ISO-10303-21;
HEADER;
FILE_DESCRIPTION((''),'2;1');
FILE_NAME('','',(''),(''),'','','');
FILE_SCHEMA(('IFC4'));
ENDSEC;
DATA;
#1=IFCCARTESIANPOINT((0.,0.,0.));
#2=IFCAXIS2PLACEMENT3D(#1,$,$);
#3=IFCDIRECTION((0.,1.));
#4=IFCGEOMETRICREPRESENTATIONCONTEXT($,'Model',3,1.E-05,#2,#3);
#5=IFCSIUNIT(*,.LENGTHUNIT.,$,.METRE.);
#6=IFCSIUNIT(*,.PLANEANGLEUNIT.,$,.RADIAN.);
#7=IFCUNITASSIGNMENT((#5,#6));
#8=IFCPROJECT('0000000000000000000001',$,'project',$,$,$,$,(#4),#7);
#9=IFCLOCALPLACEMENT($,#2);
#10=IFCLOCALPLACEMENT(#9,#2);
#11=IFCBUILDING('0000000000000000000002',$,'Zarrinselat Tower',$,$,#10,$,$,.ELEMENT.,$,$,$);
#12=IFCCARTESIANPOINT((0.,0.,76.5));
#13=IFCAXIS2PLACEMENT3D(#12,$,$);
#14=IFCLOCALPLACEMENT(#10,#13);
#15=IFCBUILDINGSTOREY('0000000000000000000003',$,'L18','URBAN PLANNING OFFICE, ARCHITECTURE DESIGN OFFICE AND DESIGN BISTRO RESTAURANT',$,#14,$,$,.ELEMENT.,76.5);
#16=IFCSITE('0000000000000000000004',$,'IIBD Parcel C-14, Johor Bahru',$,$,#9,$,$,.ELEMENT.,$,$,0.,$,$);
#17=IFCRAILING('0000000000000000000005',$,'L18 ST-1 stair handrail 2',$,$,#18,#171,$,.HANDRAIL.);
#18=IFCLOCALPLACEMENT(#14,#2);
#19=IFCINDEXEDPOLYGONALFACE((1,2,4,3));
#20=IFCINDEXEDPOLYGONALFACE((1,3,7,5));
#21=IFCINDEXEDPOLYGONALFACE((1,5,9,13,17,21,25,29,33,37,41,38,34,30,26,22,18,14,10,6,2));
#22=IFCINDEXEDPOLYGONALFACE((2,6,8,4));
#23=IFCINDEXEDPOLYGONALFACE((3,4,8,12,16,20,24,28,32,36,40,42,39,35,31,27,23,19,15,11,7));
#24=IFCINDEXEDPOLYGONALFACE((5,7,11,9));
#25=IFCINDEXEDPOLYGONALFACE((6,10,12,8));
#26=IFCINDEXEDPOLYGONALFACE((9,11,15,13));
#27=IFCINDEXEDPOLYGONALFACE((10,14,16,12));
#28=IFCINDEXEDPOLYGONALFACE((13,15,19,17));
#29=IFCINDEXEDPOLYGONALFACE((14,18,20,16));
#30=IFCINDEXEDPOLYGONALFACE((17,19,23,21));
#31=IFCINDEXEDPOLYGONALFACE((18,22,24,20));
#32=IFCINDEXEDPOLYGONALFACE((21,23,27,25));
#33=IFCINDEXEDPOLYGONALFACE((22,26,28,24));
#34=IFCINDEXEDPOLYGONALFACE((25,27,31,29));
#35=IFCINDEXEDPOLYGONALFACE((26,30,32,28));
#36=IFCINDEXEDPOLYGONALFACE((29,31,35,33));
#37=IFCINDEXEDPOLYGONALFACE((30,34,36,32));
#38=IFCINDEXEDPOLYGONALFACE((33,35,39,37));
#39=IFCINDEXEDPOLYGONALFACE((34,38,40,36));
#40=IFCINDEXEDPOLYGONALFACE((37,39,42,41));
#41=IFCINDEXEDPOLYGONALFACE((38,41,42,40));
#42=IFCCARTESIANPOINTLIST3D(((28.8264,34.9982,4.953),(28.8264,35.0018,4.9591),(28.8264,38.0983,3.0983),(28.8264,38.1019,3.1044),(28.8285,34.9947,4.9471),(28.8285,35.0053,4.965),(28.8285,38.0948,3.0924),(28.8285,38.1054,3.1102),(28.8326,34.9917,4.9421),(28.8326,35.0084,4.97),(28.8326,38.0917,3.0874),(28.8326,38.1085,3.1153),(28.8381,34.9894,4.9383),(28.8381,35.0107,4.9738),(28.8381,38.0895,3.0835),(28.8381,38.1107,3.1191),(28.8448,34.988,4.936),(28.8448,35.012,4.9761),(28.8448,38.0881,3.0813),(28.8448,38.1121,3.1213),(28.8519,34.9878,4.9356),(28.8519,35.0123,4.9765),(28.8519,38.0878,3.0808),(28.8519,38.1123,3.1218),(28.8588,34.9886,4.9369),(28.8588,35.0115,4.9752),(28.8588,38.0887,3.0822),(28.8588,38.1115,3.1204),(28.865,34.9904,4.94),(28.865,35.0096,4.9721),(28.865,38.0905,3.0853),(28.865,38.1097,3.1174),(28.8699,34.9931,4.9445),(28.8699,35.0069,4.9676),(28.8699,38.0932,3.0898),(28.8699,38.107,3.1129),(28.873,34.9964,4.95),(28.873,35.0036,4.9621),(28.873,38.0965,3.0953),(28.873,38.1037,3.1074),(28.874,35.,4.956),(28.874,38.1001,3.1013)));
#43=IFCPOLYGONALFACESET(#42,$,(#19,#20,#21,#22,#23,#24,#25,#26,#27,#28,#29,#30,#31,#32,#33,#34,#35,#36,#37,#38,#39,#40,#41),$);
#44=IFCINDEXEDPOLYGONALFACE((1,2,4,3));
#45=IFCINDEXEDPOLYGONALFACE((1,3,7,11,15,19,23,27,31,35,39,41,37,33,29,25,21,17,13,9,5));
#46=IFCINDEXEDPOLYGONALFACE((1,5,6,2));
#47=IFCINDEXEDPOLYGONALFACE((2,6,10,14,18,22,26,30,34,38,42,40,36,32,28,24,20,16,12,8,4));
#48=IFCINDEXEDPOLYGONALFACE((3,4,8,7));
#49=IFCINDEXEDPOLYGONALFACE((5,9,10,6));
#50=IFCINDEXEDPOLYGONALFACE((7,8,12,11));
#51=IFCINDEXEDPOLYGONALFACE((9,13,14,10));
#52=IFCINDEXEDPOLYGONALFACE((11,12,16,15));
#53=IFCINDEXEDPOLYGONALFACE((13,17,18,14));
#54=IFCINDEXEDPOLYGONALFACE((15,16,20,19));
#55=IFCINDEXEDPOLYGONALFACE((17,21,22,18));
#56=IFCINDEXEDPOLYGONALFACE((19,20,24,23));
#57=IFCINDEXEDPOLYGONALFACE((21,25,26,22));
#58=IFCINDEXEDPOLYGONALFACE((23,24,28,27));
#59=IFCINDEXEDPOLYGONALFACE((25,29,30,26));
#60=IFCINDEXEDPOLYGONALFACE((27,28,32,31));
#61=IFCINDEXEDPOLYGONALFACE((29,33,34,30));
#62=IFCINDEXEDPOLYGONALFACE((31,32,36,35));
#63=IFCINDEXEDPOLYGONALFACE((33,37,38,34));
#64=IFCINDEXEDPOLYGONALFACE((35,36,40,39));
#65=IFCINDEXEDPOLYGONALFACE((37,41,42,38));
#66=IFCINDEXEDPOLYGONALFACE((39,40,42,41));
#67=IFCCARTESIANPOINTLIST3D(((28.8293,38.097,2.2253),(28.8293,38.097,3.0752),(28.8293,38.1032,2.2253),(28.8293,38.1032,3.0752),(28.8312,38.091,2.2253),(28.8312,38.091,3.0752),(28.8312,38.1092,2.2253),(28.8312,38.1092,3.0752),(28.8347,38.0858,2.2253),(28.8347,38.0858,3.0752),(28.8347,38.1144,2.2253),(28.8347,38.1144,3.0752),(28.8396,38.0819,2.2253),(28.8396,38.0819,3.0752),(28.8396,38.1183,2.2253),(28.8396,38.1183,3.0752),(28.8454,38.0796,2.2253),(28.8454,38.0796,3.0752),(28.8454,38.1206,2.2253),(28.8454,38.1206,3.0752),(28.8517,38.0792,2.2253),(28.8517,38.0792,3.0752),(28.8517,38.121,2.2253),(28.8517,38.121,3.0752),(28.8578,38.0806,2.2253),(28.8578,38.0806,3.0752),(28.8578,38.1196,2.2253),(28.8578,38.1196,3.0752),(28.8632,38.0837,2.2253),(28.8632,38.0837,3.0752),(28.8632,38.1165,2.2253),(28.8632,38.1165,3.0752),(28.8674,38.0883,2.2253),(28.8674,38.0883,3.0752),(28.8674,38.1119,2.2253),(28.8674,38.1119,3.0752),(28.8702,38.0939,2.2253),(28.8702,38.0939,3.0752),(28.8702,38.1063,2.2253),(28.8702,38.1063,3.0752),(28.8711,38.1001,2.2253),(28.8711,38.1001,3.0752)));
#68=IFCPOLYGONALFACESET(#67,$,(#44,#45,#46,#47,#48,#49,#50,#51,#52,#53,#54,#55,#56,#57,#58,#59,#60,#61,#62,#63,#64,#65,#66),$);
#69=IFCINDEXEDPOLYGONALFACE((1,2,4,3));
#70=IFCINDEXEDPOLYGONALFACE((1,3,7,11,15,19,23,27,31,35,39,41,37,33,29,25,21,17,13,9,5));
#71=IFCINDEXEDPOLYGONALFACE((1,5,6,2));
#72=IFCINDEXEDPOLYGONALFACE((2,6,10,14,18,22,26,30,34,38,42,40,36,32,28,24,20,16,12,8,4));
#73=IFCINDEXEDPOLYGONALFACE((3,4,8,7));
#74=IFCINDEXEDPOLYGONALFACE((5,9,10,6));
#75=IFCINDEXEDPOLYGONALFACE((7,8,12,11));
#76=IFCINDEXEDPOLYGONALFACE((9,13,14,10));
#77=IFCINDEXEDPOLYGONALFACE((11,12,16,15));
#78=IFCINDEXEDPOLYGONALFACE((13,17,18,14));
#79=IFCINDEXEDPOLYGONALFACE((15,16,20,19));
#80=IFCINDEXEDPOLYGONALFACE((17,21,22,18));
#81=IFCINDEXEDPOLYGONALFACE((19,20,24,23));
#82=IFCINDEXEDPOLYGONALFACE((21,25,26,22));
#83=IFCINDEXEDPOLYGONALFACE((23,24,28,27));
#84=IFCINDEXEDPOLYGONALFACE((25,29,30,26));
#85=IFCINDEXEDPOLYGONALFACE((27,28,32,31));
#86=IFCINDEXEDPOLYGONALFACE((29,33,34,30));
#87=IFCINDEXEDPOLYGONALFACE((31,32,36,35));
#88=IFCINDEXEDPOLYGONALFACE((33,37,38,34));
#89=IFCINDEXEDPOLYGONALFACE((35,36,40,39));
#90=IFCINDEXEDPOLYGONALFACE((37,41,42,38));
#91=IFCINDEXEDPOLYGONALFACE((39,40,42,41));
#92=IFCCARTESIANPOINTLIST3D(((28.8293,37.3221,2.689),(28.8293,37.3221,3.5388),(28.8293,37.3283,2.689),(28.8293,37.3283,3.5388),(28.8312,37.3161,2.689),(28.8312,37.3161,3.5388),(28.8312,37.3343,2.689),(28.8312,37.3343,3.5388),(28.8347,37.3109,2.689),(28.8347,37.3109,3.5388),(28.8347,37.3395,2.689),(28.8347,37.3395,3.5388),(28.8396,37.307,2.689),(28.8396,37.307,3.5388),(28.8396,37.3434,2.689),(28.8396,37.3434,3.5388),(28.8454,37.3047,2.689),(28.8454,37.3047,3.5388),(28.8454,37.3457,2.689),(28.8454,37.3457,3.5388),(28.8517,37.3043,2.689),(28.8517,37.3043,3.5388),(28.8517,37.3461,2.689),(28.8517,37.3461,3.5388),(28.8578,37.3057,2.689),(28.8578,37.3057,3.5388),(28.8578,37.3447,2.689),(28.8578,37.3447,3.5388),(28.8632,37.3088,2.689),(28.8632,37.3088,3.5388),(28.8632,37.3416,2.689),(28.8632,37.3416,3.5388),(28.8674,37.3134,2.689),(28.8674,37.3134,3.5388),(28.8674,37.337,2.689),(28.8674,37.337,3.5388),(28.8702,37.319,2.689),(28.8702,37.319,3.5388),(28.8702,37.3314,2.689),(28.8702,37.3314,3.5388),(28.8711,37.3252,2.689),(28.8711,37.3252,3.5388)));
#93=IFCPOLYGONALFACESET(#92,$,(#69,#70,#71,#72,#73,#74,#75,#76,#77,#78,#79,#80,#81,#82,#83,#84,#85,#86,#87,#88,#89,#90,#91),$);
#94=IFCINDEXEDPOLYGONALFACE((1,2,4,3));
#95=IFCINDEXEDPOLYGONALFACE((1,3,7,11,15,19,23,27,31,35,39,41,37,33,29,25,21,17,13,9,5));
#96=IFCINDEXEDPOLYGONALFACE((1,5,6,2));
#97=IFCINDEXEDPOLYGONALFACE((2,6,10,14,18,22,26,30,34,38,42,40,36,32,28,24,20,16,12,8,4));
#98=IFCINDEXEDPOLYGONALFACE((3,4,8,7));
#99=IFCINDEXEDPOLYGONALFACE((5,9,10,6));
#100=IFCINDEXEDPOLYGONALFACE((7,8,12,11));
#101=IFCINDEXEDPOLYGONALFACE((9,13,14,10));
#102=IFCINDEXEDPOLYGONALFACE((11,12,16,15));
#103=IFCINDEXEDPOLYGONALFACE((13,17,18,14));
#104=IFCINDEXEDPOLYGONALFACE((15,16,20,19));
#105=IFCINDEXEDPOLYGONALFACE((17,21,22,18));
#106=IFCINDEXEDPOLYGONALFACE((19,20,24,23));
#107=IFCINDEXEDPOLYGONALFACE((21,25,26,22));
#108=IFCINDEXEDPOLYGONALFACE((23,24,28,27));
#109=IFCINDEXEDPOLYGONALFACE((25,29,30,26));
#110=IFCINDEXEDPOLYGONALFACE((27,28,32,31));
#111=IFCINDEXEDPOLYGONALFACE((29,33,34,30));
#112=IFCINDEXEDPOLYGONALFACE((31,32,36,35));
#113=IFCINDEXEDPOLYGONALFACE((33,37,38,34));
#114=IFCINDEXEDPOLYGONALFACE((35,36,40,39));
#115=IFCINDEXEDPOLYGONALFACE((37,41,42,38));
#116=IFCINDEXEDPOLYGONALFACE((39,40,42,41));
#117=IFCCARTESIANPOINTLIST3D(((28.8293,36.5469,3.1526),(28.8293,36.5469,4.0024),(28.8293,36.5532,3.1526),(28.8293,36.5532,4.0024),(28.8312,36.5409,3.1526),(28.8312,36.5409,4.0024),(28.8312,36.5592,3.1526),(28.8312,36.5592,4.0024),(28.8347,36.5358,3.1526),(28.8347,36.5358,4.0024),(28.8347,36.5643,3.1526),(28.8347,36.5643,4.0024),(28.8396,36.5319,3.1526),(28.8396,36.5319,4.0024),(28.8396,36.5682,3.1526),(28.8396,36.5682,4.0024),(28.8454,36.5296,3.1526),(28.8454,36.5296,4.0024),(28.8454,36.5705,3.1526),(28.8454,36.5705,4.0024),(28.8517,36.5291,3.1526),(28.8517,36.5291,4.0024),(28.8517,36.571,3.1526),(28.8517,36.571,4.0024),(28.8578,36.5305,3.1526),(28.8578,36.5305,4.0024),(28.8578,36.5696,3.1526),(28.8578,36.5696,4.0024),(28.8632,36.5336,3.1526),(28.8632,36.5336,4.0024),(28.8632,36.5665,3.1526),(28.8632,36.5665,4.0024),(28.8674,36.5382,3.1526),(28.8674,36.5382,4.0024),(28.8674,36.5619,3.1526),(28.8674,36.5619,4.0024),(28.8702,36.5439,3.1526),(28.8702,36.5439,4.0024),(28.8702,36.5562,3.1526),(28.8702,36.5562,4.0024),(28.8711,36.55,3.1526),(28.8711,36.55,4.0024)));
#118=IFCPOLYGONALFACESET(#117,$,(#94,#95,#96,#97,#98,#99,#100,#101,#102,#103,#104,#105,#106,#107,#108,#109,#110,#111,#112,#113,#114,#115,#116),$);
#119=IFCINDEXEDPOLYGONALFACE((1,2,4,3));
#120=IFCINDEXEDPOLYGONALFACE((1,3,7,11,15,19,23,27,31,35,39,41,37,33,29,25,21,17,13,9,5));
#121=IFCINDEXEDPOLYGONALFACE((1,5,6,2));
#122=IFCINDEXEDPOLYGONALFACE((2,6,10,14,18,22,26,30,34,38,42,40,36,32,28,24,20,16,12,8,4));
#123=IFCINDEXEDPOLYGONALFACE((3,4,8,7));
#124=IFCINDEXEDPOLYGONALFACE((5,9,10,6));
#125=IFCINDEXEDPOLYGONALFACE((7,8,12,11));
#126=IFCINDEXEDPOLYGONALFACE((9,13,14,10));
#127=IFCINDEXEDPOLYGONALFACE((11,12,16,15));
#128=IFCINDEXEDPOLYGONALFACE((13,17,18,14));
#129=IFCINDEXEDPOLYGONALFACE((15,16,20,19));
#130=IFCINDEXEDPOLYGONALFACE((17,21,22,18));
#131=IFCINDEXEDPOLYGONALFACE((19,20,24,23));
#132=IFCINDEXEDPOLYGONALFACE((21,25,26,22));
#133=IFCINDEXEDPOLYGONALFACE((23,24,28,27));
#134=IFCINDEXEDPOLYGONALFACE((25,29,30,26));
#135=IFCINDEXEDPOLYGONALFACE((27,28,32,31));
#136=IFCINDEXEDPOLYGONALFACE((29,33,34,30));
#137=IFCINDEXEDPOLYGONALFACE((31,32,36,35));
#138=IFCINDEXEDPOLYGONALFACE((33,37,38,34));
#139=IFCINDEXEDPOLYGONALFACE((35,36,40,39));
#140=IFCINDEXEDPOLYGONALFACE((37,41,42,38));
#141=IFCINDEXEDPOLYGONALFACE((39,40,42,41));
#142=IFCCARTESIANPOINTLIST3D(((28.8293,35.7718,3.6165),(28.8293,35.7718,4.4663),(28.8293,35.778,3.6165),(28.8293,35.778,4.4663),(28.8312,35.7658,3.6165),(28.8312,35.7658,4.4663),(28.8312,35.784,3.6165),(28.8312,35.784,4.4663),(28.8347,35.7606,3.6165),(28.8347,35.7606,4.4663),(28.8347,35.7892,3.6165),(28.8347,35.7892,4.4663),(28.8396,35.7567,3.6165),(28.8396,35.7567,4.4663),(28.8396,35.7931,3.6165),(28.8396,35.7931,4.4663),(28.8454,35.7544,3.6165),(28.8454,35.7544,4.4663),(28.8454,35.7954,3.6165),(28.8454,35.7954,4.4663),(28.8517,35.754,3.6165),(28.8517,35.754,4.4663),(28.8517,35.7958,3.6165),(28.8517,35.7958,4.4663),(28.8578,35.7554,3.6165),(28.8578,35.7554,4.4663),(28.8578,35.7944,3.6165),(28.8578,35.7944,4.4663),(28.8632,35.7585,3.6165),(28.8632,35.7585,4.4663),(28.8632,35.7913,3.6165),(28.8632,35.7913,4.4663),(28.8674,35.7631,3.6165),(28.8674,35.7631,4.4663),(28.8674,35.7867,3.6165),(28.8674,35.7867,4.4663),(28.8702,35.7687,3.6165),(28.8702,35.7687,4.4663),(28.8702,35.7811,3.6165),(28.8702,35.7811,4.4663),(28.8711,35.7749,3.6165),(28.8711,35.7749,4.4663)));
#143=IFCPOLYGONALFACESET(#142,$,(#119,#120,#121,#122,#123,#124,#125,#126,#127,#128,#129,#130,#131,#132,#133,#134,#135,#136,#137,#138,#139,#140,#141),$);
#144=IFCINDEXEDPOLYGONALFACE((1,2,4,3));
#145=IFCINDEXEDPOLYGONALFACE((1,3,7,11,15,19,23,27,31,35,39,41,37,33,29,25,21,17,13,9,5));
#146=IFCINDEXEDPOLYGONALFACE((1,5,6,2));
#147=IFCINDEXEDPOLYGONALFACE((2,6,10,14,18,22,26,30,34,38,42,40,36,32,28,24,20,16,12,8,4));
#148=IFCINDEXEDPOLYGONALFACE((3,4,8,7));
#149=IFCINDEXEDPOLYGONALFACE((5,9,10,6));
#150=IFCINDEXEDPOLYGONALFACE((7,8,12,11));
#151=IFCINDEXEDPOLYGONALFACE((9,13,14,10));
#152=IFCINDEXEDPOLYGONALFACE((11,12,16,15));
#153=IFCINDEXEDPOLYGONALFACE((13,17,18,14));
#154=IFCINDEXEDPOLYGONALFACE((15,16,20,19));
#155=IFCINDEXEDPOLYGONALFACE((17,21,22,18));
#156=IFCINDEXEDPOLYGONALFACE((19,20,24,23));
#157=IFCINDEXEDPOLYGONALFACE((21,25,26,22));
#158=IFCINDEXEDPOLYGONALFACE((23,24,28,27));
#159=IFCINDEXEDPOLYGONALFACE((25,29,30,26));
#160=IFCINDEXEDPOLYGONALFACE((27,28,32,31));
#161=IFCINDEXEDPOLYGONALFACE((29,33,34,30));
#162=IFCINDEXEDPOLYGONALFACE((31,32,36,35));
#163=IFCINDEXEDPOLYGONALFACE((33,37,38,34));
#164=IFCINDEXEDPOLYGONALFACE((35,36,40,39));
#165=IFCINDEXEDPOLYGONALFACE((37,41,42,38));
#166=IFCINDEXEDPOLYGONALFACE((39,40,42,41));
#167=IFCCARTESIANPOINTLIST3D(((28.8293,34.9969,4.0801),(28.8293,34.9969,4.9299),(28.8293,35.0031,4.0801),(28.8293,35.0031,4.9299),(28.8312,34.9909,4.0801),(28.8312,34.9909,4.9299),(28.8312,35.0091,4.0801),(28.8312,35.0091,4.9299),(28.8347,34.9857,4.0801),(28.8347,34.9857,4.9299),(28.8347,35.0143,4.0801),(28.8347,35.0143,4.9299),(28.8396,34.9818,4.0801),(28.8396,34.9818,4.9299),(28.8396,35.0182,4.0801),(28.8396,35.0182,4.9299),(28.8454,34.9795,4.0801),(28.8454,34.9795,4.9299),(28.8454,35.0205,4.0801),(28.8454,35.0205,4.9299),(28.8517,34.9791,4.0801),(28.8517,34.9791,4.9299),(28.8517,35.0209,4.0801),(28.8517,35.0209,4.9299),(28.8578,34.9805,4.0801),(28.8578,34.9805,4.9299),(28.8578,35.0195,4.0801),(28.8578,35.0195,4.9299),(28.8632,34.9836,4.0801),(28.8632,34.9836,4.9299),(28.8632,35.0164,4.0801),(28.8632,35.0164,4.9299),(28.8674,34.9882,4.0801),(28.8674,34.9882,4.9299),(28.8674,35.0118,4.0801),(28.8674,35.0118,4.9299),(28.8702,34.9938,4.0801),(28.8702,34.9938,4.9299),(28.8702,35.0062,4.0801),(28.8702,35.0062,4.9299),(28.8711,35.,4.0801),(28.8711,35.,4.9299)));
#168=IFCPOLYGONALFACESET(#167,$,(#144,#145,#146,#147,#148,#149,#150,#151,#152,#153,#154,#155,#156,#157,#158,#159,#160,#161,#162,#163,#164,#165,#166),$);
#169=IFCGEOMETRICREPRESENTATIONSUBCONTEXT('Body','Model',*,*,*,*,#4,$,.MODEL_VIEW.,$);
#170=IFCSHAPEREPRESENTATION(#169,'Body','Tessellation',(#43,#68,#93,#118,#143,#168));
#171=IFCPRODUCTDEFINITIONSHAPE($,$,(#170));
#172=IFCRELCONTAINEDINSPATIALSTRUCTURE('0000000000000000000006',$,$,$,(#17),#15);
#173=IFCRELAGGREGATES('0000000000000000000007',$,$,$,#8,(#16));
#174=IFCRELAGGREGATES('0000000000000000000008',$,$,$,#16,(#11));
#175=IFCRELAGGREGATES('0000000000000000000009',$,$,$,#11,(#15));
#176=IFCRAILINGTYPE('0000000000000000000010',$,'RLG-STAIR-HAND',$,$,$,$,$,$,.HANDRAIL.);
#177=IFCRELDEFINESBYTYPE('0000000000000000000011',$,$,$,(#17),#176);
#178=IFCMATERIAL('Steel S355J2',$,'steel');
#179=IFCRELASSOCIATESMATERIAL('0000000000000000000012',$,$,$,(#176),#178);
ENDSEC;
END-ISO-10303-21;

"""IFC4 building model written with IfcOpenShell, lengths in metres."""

from ifc_helpers import new_model, si_unit, direction, frame, origin, origin_2d, place, context, subcontext, project, spatial, circle, extrude, material, type_object, element, save


model = new_model("IFC4")

# Units and contexts
model_context = context("Model", 3, precision=1e-05, world=origin(), true_north=direction((0.0, 1.0)))
body_context = subcontext(model_context, "Body", "Model", "MODEL_VIEW")
ifc_project = project(units=[si_unit("LENGTHUNIT", "METRE"), si_unit("PLANEANGLEUNIT", "RADIAN")], contexts=[model_context])

# Site, building, storey
site_placement = place(None, origin())
site = spatial("IfcSite", under=ifc_project, at=site_placement, Name="IIBD Parcel C-14, Johor Bahru", CompositionType="ELEMENT", RefElevation=0.0)
building_placement = place(site_placement, origin())
building = spatial("IfcBuilding", under=site, at=building_placement, Name="Zarrinselat Tower", CompositionType="ELEMENT")
storey_placement = place(building_placement, frame((0.0, 0.0, 76.5)))
storey = spatial("IfcBuildingStorey", under=building, at=storey_placement, Name="L18", Description="URBAN PLANNING OFFICE, ARCHITECTURE DESIGN OFFICE AND DESIGN BISTRO RESTAURANT", CompositionType="ELEMENT", Elevation=76.5)

# Railing
ifc_material_1 = material(Name="Steel S355J2", Category="steel")
railing_type_1 = type_object("IfcRailingType", Name="RLG-STAIR-HAND", PredefinedType="HANDRAIL", material=ifc_material_1)
railing_1_placement = place(storey_placement, frame((28.8501, 38.1001, 2.2253)))
element("IfcRailing", 1, at=railing_1_placement, inside=storey, type_object=railing_type_1, Name="L18 ST-1 stair handrail 2", PredefinedType="HANDRAIL", context=body_context, shape_type="SweptSolid", body=[
    extrude(circle(Radius=0.0239, at=origin_2d()), frame((0.0, 0.0, 0.876), z_axis=(0.0, -0.858142, 0.513412), x_axis=(1.0, 0.0, 0.0)), (0.0, 0.0, 1.0), 3.6125),
    extrude(circle(Radius=0.021, at=origin_2d()), origin(), (0.0, 0.0, 1.0), 0.8499),
    extrude(circle(Radius=0.021, at=origin_2d()), frame((0.0, -0.7749, 0.4636)), (0.0, 0.0, 1.0), 0.8499),
    extrude(circle(Radius=0.021, at=origin_2d()), frame((0.0, -1.55, 0.9272)), (0.0, 0.0, 1.0), 0.8499),
    extrude(circle(Radius=0.021, at=origin_2d()), frame((0.0, -2.3252, 1.3911)), (0.0, 0.0, 1.0), 0.8499),
    extrude(circle(Radius=0.021, at=origin_2d()), frame((0.0, -3.1001, 1.8547)), (0.0, 0.0, 1.0), 0.8499),
])

save(model, "model.ifc")
